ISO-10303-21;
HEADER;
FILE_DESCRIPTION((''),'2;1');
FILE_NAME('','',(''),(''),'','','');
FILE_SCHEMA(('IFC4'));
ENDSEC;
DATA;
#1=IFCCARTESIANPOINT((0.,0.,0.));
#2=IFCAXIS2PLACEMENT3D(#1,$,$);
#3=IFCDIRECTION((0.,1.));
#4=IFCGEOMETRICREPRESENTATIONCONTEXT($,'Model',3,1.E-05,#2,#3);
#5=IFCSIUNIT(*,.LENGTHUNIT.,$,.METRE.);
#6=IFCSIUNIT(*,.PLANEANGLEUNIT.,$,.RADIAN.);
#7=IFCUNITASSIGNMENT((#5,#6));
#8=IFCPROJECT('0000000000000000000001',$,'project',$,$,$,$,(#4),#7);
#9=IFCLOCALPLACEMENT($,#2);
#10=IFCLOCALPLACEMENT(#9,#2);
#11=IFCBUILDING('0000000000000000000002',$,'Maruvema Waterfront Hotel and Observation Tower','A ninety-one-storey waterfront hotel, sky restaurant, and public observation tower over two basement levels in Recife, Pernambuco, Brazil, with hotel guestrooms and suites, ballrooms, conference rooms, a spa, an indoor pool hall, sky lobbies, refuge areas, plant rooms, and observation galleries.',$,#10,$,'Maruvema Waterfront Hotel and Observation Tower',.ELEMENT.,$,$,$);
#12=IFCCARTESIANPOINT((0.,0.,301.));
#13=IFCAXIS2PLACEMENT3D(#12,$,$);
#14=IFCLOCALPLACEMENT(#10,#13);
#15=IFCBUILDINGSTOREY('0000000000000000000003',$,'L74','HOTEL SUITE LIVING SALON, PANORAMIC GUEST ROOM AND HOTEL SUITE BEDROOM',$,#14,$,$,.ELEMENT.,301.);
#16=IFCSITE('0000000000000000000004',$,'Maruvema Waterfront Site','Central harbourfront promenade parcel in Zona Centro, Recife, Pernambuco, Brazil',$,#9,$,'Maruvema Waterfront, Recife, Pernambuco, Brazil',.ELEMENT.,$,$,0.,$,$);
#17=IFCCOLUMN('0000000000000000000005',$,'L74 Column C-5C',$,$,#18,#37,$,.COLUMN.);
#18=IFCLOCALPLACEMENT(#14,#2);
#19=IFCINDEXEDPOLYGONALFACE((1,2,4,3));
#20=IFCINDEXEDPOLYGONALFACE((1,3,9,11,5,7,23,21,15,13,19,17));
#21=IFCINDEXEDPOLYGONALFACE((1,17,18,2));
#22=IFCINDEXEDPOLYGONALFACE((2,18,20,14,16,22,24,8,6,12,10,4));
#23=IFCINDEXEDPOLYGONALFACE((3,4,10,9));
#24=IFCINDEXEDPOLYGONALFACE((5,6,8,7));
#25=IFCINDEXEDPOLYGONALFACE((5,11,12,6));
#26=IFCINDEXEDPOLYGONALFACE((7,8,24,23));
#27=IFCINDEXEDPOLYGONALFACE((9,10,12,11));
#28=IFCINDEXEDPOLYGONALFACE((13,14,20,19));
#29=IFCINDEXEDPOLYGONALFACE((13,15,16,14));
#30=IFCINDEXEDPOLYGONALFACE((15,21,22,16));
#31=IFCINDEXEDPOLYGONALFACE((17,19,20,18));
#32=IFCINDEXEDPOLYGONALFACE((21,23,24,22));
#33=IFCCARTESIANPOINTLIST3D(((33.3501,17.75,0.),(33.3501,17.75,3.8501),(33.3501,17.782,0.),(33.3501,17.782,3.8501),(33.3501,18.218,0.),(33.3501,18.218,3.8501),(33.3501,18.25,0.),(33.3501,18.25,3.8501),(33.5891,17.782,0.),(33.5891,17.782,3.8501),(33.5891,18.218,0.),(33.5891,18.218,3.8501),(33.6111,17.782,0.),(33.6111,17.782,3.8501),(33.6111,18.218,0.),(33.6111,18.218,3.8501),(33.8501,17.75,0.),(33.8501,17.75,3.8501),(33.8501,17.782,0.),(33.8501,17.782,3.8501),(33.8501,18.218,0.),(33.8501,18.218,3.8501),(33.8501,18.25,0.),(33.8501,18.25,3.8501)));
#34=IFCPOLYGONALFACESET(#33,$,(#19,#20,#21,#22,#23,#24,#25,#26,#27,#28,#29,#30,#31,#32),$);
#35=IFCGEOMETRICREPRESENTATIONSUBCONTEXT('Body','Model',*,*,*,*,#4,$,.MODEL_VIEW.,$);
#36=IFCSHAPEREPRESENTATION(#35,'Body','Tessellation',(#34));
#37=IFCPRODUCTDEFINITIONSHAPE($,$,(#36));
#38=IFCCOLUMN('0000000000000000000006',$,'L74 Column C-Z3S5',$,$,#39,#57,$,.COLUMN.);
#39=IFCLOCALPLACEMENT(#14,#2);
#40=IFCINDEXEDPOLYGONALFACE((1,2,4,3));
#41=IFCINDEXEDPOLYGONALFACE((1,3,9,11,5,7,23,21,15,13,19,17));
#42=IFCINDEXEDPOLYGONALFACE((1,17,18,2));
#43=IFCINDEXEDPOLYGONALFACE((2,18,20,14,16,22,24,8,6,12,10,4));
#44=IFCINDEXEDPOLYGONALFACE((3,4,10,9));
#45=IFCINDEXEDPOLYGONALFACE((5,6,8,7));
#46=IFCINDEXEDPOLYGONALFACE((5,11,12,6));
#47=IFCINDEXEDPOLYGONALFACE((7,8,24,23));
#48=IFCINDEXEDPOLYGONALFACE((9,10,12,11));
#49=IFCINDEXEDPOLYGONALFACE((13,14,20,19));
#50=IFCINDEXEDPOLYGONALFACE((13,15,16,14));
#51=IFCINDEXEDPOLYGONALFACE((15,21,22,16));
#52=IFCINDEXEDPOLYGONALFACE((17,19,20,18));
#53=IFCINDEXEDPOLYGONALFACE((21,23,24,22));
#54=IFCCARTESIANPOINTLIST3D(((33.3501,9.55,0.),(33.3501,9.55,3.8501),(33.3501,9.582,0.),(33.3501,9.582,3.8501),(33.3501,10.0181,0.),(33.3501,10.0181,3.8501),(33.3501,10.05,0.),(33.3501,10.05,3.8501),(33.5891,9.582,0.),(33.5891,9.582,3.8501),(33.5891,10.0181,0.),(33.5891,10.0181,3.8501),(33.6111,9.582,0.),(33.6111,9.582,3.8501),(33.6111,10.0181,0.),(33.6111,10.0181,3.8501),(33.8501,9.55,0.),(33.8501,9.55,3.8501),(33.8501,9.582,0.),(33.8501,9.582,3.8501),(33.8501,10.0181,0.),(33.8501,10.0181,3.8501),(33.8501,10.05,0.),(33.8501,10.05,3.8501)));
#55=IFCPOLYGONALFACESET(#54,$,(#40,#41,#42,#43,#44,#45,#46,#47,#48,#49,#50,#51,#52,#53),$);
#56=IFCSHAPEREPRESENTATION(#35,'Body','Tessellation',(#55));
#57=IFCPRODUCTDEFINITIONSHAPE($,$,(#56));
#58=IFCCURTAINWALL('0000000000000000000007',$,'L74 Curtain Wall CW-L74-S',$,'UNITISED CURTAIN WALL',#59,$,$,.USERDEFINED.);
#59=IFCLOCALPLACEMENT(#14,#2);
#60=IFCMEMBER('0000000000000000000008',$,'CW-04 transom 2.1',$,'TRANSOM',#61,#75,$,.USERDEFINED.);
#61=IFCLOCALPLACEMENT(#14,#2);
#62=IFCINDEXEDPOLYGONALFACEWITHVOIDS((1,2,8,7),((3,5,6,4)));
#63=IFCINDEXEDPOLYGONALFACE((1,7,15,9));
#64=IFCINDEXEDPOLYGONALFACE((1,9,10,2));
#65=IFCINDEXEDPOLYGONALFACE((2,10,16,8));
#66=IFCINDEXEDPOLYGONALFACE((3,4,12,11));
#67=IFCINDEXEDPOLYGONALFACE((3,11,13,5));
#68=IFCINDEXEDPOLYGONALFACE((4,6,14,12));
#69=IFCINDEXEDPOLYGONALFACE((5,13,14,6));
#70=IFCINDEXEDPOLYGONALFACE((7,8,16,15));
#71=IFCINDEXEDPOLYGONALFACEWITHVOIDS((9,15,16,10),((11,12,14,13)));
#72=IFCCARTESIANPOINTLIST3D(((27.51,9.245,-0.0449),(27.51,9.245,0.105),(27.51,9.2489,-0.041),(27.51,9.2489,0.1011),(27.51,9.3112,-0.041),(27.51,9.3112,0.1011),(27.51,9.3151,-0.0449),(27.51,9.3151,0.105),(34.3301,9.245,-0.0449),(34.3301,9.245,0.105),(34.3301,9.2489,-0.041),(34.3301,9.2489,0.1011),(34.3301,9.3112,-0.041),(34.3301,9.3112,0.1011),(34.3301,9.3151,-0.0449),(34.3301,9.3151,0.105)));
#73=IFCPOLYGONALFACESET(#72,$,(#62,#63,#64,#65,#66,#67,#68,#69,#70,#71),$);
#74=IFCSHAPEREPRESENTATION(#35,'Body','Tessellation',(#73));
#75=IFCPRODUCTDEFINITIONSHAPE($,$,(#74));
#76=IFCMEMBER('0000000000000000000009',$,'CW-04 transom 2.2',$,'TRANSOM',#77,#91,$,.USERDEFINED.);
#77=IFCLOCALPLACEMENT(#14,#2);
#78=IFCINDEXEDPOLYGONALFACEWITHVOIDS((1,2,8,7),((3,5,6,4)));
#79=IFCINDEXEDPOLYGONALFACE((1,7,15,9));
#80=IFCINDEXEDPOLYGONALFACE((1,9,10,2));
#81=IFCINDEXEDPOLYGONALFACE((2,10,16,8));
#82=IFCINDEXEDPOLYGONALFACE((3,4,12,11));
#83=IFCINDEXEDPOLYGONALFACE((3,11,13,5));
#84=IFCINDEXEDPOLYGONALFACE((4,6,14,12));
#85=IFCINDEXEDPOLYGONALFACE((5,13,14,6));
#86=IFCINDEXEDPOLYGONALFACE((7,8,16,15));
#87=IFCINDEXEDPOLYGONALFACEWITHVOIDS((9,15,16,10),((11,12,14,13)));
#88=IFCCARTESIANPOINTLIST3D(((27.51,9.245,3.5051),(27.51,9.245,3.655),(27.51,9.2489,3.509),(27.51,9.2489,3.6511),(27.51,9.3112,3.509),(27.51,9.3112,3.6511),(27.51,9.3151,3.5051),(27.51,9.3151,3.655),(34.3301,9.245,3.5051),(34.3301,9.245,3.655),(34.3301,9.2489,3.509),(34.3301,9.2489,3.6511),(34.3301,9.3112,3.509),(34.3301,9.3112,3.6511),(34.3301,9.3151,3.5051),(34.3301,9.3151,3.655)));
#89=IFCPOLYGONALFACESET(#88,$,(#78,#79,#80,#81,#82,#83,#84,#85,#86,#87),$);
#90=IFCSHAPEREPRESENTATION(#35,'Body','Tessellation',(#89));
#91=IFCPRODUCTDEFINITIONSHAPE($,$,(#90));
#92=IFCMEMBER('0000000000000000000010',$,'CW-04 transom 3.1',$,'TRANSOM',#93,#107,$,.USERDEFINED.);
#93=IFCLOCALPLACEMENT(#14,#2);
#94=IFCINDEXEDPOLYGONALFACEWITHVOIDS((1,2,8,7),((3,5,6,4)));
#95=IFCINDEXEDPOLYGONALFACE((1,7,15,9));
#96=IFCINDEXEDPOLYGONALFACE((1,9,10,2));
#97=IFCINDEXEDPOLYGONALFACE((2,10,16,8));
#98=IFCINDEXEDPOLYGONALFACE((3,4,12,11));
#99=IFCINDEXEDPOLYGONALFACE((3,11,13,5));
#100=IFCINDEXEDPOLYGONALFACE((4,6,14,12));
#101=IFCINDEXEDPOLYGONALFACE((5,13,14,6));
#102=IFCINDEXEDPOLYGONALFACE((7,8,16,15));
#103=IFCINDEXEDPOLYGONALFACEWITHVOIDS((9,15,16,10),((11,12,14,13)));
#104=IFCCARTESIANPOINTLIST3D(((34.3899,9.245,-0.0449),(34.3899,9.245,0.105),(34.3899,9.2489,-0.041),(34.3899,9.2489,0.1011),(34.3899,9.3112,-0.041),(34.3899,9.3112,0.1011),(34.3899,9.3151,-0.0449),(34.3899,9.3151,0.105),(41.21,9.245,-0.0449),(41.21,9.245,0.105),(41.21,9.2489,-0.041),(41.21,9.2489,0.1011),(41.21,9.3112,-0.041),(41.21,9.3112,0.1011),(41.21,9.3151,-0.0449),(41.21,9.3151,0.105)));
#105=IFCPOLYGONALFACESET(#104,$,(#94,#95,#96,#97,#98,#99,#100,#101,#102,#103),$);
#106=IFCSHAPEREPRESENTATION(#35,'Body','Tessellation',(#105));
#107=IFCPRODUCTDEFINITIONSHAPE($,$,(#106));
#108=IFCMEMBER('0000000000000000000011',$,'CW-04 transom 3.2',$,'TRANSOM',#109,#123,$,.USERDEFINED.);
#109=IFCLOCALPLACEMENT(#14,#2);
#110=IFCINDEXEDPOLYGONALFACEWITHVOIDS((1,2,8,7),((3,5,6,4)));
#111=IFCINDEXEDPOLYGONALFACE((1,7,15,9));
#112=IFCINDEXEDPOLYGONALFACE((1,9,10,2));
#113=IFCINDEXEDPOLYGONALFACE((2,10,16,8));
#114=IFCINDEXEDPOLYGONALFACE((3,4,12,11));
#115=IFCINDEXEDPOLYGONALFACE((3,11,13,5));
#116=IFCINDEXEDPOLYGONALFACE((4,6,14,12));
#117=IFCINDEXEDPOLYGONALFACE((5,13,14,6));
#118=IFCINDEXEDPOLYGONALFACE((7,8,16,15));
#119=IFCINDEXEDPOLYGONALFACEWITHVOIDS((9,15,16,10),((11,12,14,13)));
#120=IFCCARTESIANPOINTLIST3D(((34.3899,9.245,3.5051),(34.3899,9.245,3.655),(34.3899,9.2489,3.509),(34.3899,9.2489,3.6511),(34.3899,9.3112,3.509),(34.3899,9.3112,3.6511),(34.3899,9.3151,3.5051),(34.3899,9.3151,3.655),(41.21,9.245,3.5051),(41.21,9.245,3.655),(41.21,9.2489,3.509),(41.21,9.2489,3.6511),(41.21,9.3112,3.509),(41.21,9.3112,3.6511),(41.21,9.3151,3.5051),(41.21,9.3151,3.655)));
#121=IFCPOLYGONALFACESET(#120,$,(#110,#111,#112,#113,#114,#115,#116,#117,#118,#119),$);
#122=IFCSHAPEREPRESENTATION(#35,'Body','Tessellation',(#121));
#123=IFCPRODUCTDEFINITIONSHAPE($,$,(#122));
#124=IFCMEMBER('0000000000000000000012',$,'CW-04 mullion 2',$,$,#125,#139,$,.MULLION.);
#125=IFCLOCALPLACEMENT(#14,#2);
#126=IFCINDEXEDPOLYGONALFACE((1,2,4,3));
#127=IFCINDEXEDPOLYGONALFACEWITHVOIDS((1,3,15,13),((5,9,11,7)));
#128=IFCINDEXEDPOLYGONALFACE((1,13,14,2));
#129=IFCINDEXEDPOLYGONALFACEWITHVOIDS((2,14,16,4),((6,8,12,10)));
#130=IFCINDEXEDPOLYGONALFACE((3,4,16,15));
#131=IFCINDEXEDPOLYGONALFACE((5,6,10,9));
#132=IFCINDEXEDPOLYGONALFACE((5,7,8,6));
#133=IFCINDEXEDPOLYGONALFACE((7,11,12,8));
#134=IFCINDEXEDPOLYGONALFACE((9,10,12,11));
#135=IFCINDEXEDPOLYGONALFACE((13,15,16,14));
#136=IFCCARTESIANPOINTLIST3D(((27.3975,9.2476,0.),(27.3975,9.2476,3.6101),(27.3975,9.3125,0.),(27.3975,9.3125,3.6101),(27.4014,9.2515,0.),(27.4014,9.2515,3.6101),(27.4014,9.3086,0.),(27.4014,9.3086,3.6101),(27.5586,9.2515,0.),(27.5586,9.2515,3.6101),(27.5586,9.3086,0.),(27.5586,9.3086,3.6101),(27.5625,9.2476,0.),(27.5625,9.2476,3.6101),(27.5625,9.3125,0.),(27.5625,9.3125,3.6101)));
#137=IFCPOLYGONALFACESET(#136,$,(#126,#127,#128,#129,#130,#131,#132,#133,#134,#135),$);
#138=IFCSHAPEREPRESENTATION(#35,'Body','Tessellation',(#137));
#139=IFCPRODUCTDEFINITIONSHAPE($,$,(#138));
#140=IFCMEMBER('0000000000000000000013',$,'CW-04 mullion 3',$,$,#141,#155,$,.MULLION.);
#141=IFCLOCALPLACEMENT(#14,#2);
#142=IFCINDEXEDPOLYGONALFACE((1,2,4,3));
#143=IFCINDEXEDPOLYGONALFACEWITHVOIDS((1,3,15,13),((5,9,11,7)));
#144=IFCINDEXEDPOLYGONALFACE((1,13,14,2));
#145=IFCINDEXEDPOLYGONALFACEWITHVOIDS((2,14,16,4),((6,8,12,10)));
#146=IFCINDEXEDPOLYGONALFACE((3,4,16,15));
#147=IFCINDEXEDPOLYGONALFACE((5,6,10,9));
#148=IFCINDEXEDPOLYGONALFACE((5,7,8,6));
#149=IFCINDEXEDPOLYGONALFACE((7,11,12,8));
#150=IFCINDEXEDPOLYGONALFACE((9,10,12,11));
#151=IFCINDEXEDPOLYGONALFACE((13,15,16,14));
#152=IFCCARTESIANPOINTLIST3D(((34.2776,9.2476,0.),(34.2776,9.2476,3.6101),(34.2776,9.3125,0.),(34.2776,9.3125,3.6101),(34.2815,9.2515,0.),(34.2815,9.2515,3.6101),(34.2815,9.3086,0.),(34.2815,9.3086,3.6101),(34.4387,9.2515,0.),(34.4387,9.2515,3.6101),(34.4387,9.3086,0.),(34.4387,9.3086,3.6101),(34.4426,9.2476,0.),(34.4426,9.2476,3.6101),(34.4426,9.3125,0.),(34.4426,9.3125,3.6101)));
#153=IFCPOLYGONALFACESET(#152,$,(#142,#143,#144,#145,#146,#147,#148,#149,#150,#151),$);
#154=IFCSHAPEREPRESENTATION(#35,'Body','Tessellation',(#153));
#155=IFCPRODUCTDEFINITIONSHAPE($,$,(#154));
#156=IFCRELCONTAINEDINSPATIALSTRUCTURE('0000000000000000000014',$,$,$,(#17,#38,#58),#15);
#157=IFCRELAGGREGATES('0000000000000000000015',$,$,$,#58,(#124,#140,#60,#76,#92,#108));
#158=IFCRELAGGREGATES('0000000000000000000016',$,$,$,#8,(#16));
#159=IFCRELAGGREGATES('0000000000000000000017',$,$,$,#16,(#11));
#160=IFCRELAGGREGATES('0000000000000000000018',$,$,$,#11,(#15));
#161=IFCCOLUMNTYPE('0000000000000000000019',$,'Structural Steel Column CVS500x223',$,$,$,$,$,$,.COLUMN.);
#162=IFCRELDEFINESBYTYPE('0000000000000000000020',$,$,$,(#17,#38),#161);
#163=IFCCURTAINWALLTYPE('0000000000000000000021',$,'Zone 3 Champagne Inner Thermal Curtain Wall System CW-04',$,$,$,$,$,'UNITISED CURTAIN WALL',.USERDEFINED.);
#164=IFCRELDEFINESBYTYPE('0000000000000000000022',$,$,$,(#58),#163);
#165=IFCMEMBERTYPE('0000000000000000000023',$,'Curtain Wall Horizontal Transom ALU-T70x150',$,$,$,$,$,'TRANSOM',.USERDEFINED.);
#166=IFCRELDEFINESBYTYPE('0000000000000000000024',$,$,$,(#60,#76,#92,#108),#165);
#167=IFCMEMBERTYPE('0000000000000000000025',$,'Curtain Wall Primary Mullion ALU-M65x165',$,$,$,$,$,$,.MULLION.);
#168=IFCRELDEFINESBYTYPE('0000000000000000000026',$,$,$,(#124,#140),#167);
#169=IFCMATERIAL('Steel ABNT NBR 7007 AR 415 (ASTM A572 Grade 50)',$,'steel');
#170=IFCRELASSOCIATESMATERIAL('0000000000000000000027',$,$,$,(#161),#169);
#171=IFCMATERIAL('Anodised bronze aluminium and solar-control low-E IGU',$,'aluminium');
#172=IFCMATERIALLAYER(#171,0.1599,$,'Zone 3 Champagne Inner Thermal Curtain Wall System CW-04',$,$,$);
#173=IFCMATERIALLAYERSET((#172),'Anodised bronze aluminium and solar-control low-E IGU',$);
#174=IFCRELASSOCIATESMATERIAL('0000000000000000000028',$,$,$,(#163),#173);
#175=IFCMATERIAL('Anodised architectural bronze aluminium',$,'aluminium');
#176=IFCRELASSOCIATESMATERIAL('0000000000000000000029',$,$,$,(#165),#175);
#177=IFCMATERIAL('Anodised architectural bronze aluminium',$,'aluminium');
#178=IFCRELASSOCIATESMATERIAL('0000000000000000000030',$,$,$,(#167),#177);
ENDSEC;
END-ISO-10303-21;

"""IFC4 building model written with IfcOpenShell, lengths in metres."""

from ifc_helpers import new_model, si_unit, direction, frame, origin, origin_2d, place, context, subcontext, project, spatial, hollow_rectangle, i_section, extrude, material, layer, layer_set, material_profile, profile_set, type_object, element, aggregate, save


model = new_model("IFC4")

# Units and contexts
model_context = context("Model", 3, precision=1e-05, world=origin(), true_north=direction((0.0, 1.0)))
body_context = subcontext(model_context, "Body", "Model", "MODEL_VIEW")
ifc_project = project(units=[si_unit("LENGTHUNIT", "METRE"), si_unit("PLANEANGLEUNIT", "RADIAN")], contexts=[model_context])

# Site, building, storey
site_placement = place(None, origin())
site = spatial("IfcSite", under=ifc_project, at=site_placement, Name="Maruvema Waterfront Site", Description="Central harbourfront promenade parcel in Zona Centro, Recife, Pernambuco, Brazil", LongName="Maruvema Waterfront, Recife, Pernambuco, Brazil", CompositionType="ELEMENT", RefElevation=0.0)
building_placement = place(site_placement, origin())
building = spatial("IfcBuilding", under=site, at=building_placement, Name="Maruvema Waterfront Hotel and Observation Tower", Description="A ninety-one-storey waterfront hotel, sky restaurant, and public observation tower over two basement levels in Recife, Pernambuco, Brazil, with hotel guestrooms and suites, ballrooms, conference rooms, a spa, an indoor pool hall, sky lobbies, refuge areas, plant rooms, and observation galleries.", LongName="Maruvema Waterfront Hotel and Observation Tower", CompositionType="ELEMENT")
storey_placement = place(building_placement, frame((0.0, 0.0, 301.0)))
storey = spatial("IfcBuildingStorey", under=building, at=storey_placement, Name="L74", Description="HOTEL SUITE LIVING SALON, PANORAMIC GUEST ROOM AND HOTEL SUITE BEDROOM", CompositionType="ELEMENT", Elevation=301.0)

# Columns
ifc_material_1 = material(Name="Steel ABNT NBR 7007 AR 415 (ASTM A572 Grade 50)", Category="steel")
ifc_material_profile_1 = material_profile(ifc_material_1, i_section(OverallWidth=0.5, OverallDepth=0.5, WebThickness=0.022, FlangeThickness=0.032, at=origin_2d()), Name="CVS500x223")
ifc_profile_set_1 = profile_set([ifc_material_profile_1], Name="Steel ABNT NBR 7007 AR 415 (ASTM A572 Grade 50)")
column_type = type_object("IfcColumnType", Name="Structural Steel Column CVS500x223", PredefinedType="COLUMN", material=ifc_profile_set_1)
for number, where, z_axis, x_axis, name in (
    (1, (33.6001, 18.0, 0.0), (0.0, 0.0, 1.0), (1.0, 0.0, 0.0), "L74 Column C-5C"),
    (2, (33.6001, 9.8, 0.0), (0.0, 0.0, 1.0), (1.0, 0.0, 0.0), "L74 Column C-Z3S5"),
):
    element("IfcColumn", number, at=place(storey_placement, frame(where, z_axis=z_axis, x_axis=x_axis)), inside=storey, type_object=column_type, Name=name, PredefinedType="COLUMN", context=body_context, shape_type="SweptSolid", body=[
        extrude(i_section(OverallWidth=0.5, OverallDepth=0.5, WebThickness=0.022, FlangeThickness=0.032, at=origin_2d()), origin(), (0.0, 0.0, 1.0), 3.8501),
    ])

# Curtain wall, members
ifc_material_2 = material(Name="Anodised bronze aluminium and solar-control low-E IGU", Category="aluminium")
ifc_layer_1 = layer(ifc_material_2, 0.1599, Name="Zone 3 Champagne Inner Thermal Curtain Wall System CW-04")
ifc_layer_set_1 = layer_set([ifc_layer_1], Name="Anodised bronze aluminium and solar-control low-E IGU")
curtain_wall_type = type_object("IfcCurtainWallType", Name="Zone 3 Champagne Inner Thermal Curtain Wall System CW-04", ElementType="UNITISED CURTAIN WALL", PredefinedType="USERDEFINED", material=ifc_layer_set_1)
curtain_wall_placement = place(storey_placement, origin())
curtain_wall = element("IfcCurtainWall", 3, at=curtain_wall_placement, inside=storey, type_object=curtain_wall_type, Name="L74 Curtain Wall CW-L74-S", ObjectType="UNITISED CURTAIN WALL", PredefinedType="USERDEFINED")
ifc_material_3 = material(Name="Anodised architectural bronze aluminium", Category="aluminium")
ifc_material_profile_2 = material_profile(ifc_material_3, hollow_rectangle(XDim=0.0701, YDim=0.1499, WallThickness=0.0039, at=origin_2d()), Name="ALU-T70x150")
ifc_profile_set_2 = profile_set([ifc_material_profile_2], Name="Anodised architectural bronze aluminium")
member_type_1 = type_object("IfcMemberType", Name="Curtain Wall Horizontal Transom ALU-T70x150", ElementType="TRANSOM", PredefinedType="USERDEFINED", material=ifc_profile_set_2)
member_1_placement = place(storey_placement, frame((27.51, 9.28, 0.03), z_axis=(1.0, 0.0, 0.0), x_axis=(0.0, 1.0, 0.0)))
member_1 = element("IfcMember", 4, at=member_1_placement, type_object=member_type_1, Name="CW-04 transom 2.1", ObjectType="TRANSOM", PredefinedType="USERDEFINED", context=body_context, shape_type="SweptSolid", body=[
    extrude(hollow_rectangle(XDim=0.0701, YDim=0.1499, WallThickness=0.0039, at=origin_2d()), origin(), (0.0, 0.0, 1.0), 6.8201),
])
member_2_placement = place(storey_placement, frame((27.51, 9.28, 3.5801), z_axis=(1.0, 0.0, 0.0), x_axis=(0.0, 1.0, 0.0)))
member_2 = element("IfcMember", 5, at=member_2_placement, type_object=member_type_1, Name="CW-04 transom 2.2", ObjectType="TRANSOM", PredefinedType="USERDEFINED", context=body_context, shape_type="SweptSolid", body=[
    extrude(hollow_rectangle(XDim=0.0701, YDim=0.1499, WallThickness=0.0039, at=origin_2d()), origin(), (0.0, 0.0, 1.0), 6.8201),
])
member_3_placement = place(storey_placement, frame((34.3899, 9.28, 0.03), z_axis=(1.0, 0.0, 0.0), x_axis=(0.0, 1.0, 0.0)))
member_3 = element("IfcMember", 6, at=member_3_placement, type_object=member_type_1, Name="CW-04 transom 3.1", ObjectType="TRANSOM", PredefinedType="USERDEFINED", context=body_context, shape_type="SweptSolid", body=[
    extrude(hollow_rectangle(XDim=0.0701, YDim=0.1499, WallThickness=0.0039, at=origin_2d()), origin(), (0.0, 0.0, 1.0), 6.8201),
])
member_4_placement = place(storey_placement, frame((34.3899, 9.28, 3.5801), z_axis=(1.0, 0.0, 0.0), x_axis=(0.0, 1.0, 0.0)))
member_4 = element("IfcMember", 7, at=member_4_placement, type_object=member_type_1, Name="CW-04 transom 3.2", ObjectType="TRANSOM", PredefinedType="USERDEFINED", context=body_context, shape_type="SweptSolid", body=[
    extrude(hollow_rectangle(XDim=0.0701, YDim=0.1499, WallThickness=0.0039, at=origin_2d()), origin(), (0.0, 0.0, 1.0), 6.8201),
])
ifc_material_4 = material(Name="Anodised architectural bronze aluminium", Category="aluminium")
ifc_material_profile_3 = material_profile(ifc_material_4, hollow_rectangle(XDim=0.0649, YDim=0.165, WallThickness=0.0039, at=origin_2d()), Name="ALU-M65x165")
ifc_profile_set_3 = profile_set([ifc_material_profile_3], Name="Anodised architectural bronze aluminium")
member_type_2 = type_object("IfcMemberType", Name="Curtain Wall Primary Mullion ALU-M65x165", PredefinedType="MULLION", material=ifc_profile_set_3)
member_5_placement = place(storey_placement, frame((27.48, 9.28, 0.0), z_axis=(0.0, 0.0, 1.0), x_axis=(0.0, 1.0, 0.0)))
member_5 = element("IfcMember", 8, at=member_5_placement, type_object=member_type_2, Name="CW-04 mullion 2", PredefinedType="MULLION", context=body_context, shape_type="SweptSolid", body=[
    extrude(hollow_rectangle(XDim=0.0649, YDim=0.165, WallThickness=0.0039, at=origin_2d()), origin(), (0.0, 0.0, 1.0), 3.6101),
])
member_6_placement = place(storey_placement, frame((34.3601, 9.28, 0.0), z_axis=(0.0, 0.0, 1.0), x_axis=(0.0, 1.0, 0.0)))
member_6 = element("IfcMember", 9, at=member_6_placement, type_object=member_type_2, Name="CW-04 mullion 3", PredefinedType="MULLION", context=body_context, shape_type="SweptSolid", body=[
    extrude(hollow_rectangle(XDim=0.0649, YDim=0.165, WallThickness=0.0039, at=origin_2d()), origin(), (0.0, 0.0, 1.0), 3.6101),
])

aggregate(curtain_wall, [member_5, member_6, member_1, member_2, member_3, member_4])

save(model, "model.ifc")
